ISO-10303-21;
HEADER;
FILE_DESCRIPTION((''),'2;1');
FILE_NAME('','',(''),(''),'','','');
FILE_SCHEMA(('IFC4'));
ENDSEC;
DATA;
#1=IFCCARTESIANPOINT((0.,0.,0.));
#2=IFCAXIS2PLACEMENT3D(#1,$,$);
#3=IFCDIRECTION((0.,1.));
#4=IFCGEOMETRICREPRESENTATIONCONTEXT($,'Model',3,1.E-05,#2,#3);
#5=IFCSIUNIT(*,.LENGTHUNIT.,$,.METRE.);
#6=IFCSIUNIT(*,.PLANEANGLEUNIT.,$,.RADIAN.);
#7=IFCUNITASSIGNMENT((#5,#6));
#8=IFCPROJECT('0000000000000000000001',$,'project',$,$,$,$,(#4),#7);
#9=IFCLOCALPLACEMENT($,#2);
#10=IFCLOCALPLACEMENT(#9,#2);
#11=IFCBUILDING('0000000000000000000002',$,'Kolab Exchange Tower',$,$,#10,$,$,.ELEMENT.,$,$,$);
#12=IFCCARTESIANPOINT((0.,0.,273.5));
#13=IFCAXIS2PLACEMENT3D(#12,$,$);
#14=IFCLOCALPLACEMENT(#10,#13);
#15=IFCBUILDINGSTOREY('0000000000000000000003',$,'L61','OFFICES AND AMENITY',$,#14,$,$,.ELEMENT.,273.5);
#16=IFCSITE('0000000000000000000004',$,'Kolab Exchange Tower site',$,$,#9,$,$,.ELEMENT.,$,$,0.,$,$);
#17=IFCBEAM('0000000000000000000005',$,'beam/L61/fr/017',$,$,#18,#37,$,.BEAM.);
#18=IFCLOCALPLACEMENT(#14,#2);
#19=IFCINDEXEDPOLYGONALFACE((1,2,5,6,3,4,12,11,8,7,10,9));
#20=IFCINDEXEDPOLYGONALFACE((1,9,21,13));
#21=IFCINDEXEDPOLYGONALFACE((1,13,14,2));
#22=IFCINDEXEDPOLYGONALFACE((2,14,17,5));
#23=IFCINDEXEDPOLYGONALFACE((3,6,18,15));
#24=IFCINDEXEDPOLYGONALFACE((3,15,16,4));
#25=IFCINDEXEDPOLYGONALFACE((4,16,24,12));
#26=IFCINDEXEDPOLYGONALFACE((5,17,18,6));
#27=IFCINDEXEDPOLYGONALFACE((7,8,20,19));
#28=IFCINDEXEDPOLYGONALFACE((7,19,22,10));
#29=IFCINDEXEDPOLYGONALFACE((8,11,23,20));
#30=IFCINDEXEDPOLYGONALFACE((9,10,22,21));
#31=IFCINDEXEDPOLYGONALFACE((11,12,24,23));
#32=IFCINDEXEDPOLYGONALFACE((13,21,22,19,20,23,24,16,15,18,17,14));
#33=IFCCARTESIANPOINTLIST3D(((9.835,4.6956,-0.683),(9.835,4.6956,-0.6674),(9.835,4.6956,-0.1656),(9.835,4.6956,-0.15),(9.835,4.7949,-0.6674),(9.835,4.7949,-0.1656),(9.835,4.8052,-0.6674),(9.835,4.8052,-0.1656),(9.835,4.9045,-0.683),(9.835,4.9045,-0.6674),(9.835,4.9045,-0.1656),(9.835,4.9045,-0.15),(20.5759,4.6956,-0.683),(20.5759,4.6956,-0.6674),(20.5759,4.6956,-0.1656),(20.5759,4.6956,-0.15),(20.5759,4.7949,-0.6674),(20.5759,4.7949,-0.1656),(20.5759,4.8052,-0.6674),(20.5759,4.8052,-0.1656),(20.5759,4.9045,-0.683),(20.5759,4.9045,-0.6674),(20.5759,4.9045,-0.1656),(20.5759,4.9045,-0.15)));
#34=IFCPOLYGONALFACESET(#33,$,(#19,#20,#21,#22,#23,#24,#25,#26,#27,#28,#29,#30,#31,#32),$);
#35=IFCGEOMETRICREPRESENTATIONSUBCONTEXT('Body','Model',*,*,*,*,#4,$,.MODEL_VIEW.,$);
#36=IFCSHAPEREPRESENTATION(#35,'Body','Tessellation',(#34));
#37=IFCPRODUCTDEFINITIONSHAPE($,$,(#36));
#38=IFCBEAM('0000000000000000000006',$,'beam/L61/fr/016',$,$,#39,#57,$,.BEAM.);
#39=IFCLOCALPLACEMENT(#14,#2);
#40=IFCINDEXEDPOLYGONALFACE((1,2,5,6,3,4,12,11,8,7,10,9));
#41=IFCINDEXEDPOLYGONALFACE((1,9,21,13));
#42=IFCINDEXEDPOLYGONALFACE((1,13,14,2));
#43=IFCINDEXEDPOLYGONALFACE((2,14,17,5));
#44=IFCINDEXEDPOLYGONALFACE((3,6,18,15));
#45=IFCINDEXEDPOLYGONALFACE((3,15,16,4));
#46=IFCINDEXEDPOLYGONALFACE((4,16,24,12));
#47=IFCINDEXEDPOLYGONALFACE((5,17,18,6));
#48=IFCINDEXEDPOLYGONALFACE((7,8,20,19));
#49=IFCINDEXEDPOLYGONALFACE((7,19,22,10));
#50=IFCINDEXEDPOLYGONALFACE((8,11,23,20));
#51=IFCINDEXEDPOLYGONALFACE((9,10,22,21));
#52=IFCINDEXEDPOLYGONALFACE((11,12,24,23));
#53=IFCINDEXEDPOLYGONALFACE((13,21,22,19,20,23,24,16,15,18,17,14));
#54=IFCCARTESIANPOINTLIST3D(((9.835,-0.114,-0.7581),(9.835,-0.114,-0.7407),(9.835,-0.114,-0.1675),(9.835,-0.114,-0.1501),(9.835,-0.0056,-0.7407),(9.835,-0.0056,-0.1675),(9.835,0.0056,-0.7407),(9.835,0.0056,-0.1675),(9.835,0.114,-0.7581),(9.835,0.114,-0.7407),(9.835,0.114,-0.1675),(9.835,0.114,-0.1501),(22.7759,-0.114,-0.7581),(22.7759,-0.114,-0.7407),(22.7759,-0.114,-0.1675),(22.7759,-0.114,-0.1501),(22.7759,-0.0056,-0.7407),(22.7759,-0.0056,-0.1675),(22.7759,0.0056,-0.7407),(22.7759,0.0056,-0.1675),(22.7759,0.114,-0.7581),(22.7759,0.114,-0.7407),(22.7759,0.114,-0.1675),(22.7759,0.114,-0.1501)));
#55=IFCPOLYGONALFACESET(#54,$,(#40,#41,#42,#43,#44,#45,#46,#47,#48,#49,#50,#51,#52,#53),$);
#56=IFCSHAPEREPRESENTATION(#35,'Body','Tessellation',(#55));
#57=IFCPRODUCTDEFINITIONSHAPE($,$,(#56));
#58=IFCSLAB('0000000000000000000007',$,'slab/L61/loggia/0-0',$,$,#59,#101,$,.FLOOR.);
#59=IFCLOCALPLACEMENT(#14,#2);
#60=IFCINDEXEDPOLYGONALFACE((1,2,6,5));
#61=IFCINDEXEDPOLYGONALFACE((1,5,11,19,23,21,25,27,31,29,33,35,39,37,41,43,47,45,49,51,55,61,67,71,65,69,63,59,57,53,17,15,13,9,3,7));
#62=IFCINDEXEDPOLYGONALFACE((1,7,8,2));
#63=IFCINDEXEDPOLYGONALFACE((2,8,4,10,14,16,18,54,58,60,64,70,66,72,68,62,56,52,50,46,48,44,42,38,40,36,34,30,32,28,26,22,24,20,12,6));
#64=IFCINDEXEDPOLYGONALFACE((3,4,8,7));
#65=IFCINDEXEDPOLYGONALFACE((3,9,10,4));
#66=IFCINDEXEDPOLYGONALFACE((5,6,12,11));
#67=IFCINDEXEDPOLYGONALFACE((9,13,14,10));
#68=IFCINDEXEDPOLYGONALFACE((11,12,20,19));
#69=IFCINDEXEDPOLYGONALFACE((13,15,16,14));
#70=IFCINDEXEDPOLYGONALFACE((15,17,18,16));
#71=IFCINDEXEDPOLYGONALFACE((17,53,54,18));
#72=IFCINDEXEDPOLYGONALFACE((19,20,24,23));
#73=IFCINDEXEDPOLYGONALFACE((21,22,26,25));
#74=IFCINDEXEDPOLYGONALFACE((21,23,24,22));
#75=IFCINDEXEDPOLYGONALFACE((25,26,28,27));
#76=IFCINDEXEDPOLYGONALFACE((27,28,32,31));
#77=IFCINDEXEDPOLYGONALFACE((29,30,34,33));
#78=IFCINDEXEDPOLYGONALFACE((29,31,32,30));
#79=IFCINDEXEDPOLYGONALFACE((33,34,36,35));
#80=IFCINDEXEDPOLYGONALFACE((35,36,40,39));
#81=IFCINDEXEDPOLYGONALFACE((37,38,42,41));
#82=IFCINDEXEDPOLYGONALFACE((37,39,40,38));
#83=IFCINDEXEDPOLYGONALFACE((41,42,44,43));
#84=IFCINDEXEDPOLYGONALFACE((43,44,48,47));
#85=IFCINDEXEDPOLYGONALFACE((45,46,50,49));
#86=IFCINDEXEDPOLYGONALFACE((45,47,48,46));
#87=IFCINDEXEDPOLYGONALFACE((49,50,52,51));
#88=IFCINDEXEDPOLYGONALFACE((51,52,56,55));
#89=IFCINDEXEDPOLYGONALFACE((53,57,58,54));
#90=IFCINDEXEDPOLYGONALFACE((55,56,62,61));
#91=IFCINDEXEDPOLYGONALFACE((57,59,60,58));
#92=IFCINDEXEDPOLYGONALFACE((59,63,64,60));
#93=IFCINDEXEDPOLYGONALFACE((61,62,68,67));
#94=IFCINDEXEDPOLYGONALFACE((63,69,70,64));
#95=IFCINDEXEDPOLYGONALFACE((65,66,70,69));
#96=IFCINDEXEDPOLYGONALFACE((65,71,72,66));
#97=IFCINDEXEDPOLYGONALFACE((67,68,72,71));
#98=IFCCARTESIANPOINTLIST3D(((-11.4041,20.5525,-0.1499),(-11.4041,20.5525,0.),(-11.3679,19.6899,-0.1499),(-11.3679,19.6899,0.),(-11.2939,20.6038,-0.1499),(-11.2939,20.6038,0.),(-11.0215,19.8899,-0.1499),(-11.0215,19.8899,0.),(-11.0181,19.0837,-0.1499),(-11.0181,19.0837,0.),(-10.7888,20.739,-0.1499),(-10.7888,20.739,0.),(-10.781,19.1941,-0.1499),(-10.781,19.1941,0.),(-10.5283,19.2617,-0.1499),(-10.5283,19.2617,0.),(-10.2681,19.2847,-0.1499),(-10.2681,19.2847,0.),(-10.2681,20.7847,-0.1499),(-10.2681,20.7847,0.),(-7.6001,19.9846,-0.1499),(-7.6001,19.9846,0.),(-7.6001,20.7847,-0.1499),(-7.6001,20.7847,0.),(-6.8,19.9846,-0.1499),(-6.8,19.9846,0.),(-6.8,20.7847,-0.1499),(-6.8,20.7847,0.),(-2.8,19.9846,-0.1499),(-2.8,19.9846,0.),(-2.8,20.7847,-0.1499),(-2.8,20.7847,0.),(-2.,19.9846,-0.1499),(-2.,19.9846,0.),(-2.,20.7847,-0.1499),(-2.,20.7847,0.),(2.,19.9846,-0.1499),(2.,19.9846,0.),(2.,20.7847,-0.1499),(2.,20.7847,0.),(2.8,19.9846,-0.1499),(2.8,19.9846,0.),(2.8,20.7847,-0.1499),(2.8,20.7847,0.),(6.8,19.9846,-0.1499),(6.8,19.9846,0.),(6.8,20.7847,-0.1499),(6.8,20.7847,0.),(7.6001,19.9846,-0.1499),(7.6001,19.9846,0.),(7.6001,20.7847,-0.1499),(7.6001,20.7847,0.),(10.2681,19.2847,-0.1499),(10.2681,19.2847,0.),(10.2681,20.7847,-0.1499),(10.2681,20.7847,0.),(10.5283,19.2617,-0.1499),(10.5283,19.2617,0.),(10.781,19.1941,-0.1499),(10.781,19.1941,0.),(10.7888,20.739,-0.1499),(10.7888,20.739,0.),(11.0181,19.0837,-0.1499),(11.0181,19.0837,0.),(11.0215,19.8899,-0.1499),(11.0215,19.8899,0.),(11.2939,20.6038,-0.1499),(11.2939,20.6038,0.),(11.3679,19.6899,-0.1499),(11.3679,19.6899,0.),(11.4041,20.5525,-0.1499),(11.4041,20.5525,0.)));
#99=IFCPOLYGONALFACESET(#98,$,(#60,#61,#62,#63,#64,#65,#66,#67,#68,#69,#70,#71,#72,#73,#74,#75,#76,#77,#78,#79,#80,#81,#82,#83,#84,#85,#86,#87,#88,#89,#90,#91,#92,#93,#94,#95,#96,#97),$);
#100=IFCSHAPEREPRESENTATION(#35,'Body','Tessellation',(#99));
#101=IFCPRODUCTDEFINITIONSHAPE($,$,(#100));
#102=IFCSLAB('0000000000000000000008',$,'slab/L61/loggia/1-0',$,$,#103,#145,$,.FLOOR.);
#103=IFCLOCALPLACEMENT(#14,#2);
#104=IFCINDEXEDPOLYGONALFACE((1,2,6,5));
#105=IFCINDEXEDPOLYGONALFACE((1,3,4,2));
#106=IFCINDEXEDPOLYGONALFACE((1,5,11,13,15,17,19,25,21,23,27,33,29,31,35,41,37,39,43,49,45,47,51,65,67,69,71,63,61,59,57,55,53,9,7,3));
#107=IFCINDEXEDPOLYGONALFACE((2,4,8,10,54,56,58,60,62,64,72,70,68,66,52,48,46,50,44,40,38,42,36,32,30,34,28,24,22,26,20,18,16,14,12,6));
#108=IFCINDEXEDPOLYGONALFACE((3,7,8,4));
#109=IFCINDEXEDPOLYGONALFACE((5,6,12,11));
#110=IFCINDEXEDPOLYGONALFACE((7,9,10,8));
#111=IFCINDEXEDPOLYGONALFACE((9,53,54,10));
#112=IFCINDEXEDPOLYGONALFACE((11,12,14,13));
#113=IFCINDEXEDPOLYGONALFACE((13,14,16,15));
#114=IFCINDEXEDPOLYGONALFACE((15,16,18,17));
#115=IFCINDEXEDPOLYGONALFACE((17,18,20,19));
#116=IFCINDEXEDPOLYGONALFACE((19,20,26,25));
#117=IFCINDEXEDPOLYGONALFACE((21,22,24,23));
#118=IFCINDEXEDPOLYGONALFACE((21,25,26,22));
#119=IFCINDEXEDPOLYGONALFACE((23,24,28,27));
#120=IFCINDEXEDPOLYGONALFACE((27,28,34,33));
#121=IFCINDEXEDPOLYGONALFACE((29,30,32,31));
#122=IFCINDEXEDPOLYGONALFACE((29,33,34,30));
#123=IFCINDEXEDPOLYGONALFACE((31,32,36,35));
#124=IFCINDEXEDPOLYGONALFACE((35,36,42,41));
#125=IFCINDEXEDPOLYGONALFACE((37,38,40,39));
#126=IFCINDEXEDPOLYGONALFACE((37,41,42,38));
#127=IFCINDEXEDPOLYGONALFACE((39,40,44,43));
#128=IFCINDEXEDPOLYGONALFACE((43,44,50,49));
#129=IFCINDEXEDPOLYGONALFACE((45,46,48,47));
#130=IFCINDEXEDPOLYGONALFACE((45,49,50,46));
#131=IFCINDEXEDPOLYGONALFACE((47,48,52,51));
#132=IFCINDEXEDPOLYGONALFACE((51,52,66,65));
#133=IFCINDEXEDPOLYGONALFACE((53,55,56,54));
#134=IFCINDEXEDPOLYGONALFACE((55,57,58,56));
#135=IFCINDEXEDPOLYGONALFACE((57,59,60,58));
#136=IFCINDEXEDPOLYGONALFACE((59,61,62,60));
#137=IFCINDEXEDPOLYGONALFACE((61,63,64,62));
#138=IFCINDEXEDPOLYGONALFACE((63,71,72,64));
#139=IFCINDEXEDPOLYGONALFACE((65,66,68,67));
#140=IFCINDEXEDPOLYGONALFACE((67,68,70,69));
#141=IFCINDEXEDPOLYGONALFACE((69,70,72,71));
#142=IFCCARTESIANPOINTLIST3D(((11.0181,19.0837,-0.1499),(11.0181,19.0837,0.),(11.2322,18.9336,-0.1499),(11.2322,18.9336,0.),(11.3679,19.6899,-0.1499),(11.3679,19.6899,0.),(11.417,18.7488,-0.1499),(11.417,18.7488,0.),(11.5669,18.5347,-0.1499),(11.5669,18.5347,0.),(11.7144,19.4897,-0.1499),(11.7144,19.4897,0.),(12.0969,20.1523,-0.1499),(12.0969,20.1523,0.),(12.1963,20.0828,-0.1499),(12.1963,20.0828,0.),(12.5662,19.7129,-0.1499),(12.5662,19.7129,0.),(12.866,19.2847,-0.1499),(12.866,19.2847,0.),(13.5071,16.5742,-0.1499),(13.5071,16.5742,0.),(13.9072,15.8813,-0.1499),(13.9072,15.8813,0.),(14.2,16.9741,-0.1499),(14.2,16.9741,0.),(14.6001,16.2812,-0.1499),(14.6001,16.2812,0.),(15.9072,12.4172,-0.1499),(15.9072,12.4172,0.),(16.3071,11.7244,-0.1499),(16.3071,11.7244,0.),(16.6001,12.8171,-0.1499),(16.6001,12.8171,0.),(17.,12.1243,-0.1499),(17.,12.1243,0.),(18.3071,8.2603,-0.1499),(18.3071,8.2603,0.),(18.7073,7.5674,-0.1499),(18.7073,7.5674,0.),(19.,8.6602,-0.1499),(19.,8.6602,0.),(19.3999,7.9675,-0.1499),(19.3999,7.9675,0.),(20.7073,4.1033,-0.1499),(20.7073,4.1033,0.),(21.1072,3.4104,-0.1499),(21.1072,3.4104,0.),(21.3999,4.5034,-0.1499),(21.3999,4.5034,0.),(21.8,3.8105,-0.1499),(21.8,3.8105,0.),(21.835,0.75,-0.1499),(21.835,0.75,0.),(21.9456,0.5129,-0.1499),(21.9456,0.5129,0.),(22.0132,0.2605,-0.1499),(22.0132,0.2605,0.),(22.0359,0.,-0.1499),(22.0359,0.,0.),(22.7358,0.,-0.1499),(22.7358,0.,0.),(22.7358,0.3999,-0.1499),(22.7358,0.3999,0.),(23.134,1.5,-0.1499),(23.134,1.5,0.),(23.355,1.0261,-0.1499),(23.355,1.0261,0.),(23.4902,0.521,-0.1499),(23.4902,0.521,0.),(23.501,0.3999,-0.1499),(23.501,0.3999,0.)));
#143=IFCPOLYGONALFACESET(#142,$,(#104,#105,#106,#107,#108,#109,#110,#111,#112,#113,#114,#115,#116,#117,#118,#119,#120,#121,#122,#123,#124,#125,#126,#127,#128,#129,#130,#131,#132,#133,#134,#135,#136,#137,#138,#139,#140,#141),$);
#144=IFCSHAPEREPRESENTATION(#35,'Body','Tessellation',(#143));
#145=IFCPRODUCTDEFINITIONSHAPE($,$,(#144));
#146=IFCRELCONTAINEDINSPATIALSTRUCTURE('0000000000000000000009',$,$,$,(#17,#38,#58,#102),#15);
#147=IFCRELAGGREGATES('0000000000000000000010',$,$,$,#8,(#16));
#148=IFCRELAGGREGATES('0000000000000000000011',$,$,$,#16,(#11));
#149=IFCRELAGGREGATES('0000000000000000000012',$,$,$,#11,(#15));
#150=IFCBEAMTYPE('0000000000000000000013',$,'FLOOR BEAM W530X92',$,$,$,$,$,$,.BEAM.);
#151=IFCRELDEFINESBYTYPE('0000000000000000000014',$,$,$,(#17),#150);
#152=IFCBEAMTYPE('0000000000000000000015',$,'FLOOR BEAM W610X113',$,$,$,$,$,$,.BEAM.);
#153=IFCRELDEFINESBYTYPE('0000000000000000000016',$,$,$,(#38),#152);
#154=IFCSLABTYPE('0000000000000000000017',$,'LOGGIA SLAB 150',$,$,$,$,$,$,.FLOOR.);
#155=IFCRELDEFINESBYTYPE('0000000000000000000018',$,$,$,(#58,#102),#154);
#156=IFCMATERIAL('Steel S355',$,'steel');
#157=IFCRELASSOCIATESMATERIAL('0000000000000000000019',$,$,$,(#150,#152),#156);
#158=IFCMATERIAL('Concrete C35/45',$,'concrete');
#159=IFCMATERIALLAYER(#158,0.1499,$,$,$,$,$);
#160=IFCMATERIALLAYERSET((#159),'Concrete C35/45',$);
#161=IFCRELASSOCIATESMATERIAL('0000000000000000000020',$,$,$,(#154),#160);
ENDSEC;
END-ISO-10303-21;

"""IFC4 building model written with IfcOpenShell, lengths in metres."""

from ifc_helpers import new_model, si_unit, direction, frame, origin, origin_2d, place, context, subcontext, project, spatial, polyline, i_section, outline, extrude, material, layer, layer_set, material_profile, profile_set, type_object, element, save


model = new_model("IFC4")

# Units and contexts
model_context = context("Model", 3, precision=1e-05, world=origin(), true_north=direction((0.0, 1.0)))
body_context = subcontext(model_context, "Body", "Model", "MODEL_VIEW")
ifc_project = project(units=[si_unit("LENGTHUNIT", "METRE"), si_unit("PLANEANGLEUNIT", "RADIAN")], contexts=[model_context])

# Site, building, storey
site_placement = place(None, origin())
site = spatial("IfcSite", under=ifc_project, at=site_placement, Name="Kolab Exchange Tower site", CompositionType="ELEMENT", RefElevation=0.0)
building_placement = place(site_placement, origin())
building = spatial("IfcBuilding", under=site, at=building_placement, Name="Kolab Exchange Tower", CompositionType="ELEMENT")
storey_placement = place(building_placement, frame((0.0, 0.0, 273.5)))
storey = spatial("IfcBuildingStorey", under=building, at=storey_placement, Name="L61", Description="OFFICES AND AMENITY", CompositionType="ELEMENT", Elevation=273.5)

# Beams
ifc_material_1 = material(Name="Steel S355", Category="steel")
ifc_material_profile_1 = material_profile(ifc_material_1, i_section(OverallWidth=0.209, OverallDepth=0.533, WebThickness=0.0103, FlangeThickness=0.0156, at=origin_2d()), Name="W530X92")
ifc_profile_set_1 = profile_set([ifc_material_profile_1], Name="Steel S355")
beam_type_1 = type_object("IfcBeamType", Name="FLOOR BEAM W530X92", PredefinedType="BEAM", material=ifc_profile_set_1)
beam_1_placement = place(storey_placement, frame((9.835, 4.8, -0.4165), z_axis=(1.0, 0.0, 0.0), x_axis=(0.0, 1.0, 0.0)))
element("IfcBeam", 1, at=beam_1_placement, inside=storey, type_object=beam_type_1, Name="beam/L61/fr/017", PredefinedType="BEAM", context=body_context, shape_type="SweptSolid", body=[
    extrude(i_section(OverallWidth=0.209, OverallDepth=0.533, WebThickness=0.0103, FlangeThickness=0.0156, at=origin_2d()), origin(), (0.0, 0.0, 1.0), 10.741),
])
ifc_material_profile_2 = material_profile(ifc_material_1, i_section(OverallWidth=0.228, OverallDepth=0.6079, WebThickness=0.0112, FlangeThickness=0.0173, at=origin_2d()), Name="W610X113")
ifc_profile_set_2 = profile_set([ifc_material_profile_2], Name="Steel S355")
beam_type_2 = type_object("IfcBeamType", Name="FLOOR BEAM W610X113", PredefinedType="BEAM", material=ifc_profile_set_2)
beam_2_placement = place(storey_placement, frame((9.835, 0.0, -0.4541), z_axis=(1.0, 0.0, 0.0), x_axis=(0.0, 1.0, 0.0)))
element("IfcBeam", 2, at=beam_2_placement, inside=storey, type_object=beam_type_2, Name="beam/L61/fr/016", PredefinedType="BEAM", context=body_context, shape_type="SweptSolid", body=[
    extrude(i_section(OverallWidth=0.228, OverallDepth=0.6079, WebThickness=0.0112, FlangeThickness=0.0173, at=origin_2d()), origin(), (0.0, 0.0, 1.0), 12.9409),
])

# Slabs
ifc_material_2 = material(Name="Concrete C35/45", Category="concrete")
ifc_layer_1 = layer(ifc_material_2, 0.1499)
ifc_layer_set_1 = layer_set([ifc_layer_1], Name="Concrete C35/45")
slab_type_1 = type_object("IfcSlabType", Name="LOGGIA SLAB 150", PredefinedType="FLOOR", material=ifc_layer_set_1)
slab_1_placement = place(storey_placement, frame((0.0, 0.0, -0.1499)))
element("IfcSlab", 3, at=slab_1_placement, inside=storey, type_object=slab_type_1, Name="slab/L61/loggia/0-0", PredefinedType="FLOOR", context=body_context, shape_type="SweptSolid", body=[
    extrude(outline(polyline([(11.0181, 19.0837), (11.3679, 19.6899), (11.0215, 19.8899), (11.4041, 20.5525), (11.2939, 20.6038), (10.7888, 20.739), (10.2681, 20.7847), (7.6001, 20.7847), (7.6001, 19.9846), (6.8, 19.9846), (6.8, 20.7847), (2.8, 20.7847), (2.8, 19.9846), (2.0, 19.9846), (2.0, 20.7847), (-2.0, 20.7847), (-2.0, 19.9846), (-2.8, 19.9846), (-2.8, 20.7847), (-6.8, 20.7847), (-6.8, 19.9846), (-7.6001, 19.9846), (-7.6001, 20.7847), (-10.2681, 20.7847), (-10.7888, 20.739), (-11.2939, 20.6038), (-11.4041, 20.5525), (-11.0215, 19.8899), (-11.3679, 19.6899), (-11.0181, 19.0837), (-10.781, 19.1941), (-10.5283, 19.2617), (-10.2681, 19.2847), (10.2681, 19.2847), (10.5283, 19.2617), (10.781, 19.1941), (11.0181, 19.0837)])), origin(), (0.0, 0.0, 1.0), 0.1499),
])
slab_2_placement = place(storey_placement, frame((0.0, 0.0, -0.1499)))
element("IfcSlab", 4, at=slab_2_placement, inside=storey, type_object=slab_type_1, Name="slab/L61/loggia/1-0", PredefinedType="FLOOR", context=body_context, shape_type="SweptSolid", body=[
    extrude(outline(polyline([(22.0359, 0.0), (22.7358, 0.0), (22.7358, 0.3999), (23.501, 0.3999), (23.4902, 0.521), (23.355, 1.0261), (23.134, 1.5), (21.8, 3.8105), (21.1072, 3.4104), (20.7073, 4.1033), (21.3999, 4.5034), (19.3999, 7.9675), (18.7073, 7.5674), (18.3071, 8.2603), (19.0, 8.6602), (17.0, 12.1243), (16.3071, 11.7244), (15.9072, 12.4172), (16.6001, 12.8171), (14.6001, 16.2812), (13.9072, 15.8813), (13.5071, 16.5742), (14.2, 16.9741), (12.866, 19.2847), (12.5662, 19.7129), (12.1963, 20.0828), (12.0969, 20.1523), (11.7144, 19.4897), (11.3679, 19.6899), (11.0181, 19.0837), (11.2322, 18.9336), (11.417, 18.7488), (11.5669, 18.5347), (21.835, 0.75), (21.9456, 0.5129), (22.0132, 0.2605), (22.0359, 0.0)])), origin(), (0.0, 0.0, 1.0), 0.1499),
])

save(model, "model.ifc")
